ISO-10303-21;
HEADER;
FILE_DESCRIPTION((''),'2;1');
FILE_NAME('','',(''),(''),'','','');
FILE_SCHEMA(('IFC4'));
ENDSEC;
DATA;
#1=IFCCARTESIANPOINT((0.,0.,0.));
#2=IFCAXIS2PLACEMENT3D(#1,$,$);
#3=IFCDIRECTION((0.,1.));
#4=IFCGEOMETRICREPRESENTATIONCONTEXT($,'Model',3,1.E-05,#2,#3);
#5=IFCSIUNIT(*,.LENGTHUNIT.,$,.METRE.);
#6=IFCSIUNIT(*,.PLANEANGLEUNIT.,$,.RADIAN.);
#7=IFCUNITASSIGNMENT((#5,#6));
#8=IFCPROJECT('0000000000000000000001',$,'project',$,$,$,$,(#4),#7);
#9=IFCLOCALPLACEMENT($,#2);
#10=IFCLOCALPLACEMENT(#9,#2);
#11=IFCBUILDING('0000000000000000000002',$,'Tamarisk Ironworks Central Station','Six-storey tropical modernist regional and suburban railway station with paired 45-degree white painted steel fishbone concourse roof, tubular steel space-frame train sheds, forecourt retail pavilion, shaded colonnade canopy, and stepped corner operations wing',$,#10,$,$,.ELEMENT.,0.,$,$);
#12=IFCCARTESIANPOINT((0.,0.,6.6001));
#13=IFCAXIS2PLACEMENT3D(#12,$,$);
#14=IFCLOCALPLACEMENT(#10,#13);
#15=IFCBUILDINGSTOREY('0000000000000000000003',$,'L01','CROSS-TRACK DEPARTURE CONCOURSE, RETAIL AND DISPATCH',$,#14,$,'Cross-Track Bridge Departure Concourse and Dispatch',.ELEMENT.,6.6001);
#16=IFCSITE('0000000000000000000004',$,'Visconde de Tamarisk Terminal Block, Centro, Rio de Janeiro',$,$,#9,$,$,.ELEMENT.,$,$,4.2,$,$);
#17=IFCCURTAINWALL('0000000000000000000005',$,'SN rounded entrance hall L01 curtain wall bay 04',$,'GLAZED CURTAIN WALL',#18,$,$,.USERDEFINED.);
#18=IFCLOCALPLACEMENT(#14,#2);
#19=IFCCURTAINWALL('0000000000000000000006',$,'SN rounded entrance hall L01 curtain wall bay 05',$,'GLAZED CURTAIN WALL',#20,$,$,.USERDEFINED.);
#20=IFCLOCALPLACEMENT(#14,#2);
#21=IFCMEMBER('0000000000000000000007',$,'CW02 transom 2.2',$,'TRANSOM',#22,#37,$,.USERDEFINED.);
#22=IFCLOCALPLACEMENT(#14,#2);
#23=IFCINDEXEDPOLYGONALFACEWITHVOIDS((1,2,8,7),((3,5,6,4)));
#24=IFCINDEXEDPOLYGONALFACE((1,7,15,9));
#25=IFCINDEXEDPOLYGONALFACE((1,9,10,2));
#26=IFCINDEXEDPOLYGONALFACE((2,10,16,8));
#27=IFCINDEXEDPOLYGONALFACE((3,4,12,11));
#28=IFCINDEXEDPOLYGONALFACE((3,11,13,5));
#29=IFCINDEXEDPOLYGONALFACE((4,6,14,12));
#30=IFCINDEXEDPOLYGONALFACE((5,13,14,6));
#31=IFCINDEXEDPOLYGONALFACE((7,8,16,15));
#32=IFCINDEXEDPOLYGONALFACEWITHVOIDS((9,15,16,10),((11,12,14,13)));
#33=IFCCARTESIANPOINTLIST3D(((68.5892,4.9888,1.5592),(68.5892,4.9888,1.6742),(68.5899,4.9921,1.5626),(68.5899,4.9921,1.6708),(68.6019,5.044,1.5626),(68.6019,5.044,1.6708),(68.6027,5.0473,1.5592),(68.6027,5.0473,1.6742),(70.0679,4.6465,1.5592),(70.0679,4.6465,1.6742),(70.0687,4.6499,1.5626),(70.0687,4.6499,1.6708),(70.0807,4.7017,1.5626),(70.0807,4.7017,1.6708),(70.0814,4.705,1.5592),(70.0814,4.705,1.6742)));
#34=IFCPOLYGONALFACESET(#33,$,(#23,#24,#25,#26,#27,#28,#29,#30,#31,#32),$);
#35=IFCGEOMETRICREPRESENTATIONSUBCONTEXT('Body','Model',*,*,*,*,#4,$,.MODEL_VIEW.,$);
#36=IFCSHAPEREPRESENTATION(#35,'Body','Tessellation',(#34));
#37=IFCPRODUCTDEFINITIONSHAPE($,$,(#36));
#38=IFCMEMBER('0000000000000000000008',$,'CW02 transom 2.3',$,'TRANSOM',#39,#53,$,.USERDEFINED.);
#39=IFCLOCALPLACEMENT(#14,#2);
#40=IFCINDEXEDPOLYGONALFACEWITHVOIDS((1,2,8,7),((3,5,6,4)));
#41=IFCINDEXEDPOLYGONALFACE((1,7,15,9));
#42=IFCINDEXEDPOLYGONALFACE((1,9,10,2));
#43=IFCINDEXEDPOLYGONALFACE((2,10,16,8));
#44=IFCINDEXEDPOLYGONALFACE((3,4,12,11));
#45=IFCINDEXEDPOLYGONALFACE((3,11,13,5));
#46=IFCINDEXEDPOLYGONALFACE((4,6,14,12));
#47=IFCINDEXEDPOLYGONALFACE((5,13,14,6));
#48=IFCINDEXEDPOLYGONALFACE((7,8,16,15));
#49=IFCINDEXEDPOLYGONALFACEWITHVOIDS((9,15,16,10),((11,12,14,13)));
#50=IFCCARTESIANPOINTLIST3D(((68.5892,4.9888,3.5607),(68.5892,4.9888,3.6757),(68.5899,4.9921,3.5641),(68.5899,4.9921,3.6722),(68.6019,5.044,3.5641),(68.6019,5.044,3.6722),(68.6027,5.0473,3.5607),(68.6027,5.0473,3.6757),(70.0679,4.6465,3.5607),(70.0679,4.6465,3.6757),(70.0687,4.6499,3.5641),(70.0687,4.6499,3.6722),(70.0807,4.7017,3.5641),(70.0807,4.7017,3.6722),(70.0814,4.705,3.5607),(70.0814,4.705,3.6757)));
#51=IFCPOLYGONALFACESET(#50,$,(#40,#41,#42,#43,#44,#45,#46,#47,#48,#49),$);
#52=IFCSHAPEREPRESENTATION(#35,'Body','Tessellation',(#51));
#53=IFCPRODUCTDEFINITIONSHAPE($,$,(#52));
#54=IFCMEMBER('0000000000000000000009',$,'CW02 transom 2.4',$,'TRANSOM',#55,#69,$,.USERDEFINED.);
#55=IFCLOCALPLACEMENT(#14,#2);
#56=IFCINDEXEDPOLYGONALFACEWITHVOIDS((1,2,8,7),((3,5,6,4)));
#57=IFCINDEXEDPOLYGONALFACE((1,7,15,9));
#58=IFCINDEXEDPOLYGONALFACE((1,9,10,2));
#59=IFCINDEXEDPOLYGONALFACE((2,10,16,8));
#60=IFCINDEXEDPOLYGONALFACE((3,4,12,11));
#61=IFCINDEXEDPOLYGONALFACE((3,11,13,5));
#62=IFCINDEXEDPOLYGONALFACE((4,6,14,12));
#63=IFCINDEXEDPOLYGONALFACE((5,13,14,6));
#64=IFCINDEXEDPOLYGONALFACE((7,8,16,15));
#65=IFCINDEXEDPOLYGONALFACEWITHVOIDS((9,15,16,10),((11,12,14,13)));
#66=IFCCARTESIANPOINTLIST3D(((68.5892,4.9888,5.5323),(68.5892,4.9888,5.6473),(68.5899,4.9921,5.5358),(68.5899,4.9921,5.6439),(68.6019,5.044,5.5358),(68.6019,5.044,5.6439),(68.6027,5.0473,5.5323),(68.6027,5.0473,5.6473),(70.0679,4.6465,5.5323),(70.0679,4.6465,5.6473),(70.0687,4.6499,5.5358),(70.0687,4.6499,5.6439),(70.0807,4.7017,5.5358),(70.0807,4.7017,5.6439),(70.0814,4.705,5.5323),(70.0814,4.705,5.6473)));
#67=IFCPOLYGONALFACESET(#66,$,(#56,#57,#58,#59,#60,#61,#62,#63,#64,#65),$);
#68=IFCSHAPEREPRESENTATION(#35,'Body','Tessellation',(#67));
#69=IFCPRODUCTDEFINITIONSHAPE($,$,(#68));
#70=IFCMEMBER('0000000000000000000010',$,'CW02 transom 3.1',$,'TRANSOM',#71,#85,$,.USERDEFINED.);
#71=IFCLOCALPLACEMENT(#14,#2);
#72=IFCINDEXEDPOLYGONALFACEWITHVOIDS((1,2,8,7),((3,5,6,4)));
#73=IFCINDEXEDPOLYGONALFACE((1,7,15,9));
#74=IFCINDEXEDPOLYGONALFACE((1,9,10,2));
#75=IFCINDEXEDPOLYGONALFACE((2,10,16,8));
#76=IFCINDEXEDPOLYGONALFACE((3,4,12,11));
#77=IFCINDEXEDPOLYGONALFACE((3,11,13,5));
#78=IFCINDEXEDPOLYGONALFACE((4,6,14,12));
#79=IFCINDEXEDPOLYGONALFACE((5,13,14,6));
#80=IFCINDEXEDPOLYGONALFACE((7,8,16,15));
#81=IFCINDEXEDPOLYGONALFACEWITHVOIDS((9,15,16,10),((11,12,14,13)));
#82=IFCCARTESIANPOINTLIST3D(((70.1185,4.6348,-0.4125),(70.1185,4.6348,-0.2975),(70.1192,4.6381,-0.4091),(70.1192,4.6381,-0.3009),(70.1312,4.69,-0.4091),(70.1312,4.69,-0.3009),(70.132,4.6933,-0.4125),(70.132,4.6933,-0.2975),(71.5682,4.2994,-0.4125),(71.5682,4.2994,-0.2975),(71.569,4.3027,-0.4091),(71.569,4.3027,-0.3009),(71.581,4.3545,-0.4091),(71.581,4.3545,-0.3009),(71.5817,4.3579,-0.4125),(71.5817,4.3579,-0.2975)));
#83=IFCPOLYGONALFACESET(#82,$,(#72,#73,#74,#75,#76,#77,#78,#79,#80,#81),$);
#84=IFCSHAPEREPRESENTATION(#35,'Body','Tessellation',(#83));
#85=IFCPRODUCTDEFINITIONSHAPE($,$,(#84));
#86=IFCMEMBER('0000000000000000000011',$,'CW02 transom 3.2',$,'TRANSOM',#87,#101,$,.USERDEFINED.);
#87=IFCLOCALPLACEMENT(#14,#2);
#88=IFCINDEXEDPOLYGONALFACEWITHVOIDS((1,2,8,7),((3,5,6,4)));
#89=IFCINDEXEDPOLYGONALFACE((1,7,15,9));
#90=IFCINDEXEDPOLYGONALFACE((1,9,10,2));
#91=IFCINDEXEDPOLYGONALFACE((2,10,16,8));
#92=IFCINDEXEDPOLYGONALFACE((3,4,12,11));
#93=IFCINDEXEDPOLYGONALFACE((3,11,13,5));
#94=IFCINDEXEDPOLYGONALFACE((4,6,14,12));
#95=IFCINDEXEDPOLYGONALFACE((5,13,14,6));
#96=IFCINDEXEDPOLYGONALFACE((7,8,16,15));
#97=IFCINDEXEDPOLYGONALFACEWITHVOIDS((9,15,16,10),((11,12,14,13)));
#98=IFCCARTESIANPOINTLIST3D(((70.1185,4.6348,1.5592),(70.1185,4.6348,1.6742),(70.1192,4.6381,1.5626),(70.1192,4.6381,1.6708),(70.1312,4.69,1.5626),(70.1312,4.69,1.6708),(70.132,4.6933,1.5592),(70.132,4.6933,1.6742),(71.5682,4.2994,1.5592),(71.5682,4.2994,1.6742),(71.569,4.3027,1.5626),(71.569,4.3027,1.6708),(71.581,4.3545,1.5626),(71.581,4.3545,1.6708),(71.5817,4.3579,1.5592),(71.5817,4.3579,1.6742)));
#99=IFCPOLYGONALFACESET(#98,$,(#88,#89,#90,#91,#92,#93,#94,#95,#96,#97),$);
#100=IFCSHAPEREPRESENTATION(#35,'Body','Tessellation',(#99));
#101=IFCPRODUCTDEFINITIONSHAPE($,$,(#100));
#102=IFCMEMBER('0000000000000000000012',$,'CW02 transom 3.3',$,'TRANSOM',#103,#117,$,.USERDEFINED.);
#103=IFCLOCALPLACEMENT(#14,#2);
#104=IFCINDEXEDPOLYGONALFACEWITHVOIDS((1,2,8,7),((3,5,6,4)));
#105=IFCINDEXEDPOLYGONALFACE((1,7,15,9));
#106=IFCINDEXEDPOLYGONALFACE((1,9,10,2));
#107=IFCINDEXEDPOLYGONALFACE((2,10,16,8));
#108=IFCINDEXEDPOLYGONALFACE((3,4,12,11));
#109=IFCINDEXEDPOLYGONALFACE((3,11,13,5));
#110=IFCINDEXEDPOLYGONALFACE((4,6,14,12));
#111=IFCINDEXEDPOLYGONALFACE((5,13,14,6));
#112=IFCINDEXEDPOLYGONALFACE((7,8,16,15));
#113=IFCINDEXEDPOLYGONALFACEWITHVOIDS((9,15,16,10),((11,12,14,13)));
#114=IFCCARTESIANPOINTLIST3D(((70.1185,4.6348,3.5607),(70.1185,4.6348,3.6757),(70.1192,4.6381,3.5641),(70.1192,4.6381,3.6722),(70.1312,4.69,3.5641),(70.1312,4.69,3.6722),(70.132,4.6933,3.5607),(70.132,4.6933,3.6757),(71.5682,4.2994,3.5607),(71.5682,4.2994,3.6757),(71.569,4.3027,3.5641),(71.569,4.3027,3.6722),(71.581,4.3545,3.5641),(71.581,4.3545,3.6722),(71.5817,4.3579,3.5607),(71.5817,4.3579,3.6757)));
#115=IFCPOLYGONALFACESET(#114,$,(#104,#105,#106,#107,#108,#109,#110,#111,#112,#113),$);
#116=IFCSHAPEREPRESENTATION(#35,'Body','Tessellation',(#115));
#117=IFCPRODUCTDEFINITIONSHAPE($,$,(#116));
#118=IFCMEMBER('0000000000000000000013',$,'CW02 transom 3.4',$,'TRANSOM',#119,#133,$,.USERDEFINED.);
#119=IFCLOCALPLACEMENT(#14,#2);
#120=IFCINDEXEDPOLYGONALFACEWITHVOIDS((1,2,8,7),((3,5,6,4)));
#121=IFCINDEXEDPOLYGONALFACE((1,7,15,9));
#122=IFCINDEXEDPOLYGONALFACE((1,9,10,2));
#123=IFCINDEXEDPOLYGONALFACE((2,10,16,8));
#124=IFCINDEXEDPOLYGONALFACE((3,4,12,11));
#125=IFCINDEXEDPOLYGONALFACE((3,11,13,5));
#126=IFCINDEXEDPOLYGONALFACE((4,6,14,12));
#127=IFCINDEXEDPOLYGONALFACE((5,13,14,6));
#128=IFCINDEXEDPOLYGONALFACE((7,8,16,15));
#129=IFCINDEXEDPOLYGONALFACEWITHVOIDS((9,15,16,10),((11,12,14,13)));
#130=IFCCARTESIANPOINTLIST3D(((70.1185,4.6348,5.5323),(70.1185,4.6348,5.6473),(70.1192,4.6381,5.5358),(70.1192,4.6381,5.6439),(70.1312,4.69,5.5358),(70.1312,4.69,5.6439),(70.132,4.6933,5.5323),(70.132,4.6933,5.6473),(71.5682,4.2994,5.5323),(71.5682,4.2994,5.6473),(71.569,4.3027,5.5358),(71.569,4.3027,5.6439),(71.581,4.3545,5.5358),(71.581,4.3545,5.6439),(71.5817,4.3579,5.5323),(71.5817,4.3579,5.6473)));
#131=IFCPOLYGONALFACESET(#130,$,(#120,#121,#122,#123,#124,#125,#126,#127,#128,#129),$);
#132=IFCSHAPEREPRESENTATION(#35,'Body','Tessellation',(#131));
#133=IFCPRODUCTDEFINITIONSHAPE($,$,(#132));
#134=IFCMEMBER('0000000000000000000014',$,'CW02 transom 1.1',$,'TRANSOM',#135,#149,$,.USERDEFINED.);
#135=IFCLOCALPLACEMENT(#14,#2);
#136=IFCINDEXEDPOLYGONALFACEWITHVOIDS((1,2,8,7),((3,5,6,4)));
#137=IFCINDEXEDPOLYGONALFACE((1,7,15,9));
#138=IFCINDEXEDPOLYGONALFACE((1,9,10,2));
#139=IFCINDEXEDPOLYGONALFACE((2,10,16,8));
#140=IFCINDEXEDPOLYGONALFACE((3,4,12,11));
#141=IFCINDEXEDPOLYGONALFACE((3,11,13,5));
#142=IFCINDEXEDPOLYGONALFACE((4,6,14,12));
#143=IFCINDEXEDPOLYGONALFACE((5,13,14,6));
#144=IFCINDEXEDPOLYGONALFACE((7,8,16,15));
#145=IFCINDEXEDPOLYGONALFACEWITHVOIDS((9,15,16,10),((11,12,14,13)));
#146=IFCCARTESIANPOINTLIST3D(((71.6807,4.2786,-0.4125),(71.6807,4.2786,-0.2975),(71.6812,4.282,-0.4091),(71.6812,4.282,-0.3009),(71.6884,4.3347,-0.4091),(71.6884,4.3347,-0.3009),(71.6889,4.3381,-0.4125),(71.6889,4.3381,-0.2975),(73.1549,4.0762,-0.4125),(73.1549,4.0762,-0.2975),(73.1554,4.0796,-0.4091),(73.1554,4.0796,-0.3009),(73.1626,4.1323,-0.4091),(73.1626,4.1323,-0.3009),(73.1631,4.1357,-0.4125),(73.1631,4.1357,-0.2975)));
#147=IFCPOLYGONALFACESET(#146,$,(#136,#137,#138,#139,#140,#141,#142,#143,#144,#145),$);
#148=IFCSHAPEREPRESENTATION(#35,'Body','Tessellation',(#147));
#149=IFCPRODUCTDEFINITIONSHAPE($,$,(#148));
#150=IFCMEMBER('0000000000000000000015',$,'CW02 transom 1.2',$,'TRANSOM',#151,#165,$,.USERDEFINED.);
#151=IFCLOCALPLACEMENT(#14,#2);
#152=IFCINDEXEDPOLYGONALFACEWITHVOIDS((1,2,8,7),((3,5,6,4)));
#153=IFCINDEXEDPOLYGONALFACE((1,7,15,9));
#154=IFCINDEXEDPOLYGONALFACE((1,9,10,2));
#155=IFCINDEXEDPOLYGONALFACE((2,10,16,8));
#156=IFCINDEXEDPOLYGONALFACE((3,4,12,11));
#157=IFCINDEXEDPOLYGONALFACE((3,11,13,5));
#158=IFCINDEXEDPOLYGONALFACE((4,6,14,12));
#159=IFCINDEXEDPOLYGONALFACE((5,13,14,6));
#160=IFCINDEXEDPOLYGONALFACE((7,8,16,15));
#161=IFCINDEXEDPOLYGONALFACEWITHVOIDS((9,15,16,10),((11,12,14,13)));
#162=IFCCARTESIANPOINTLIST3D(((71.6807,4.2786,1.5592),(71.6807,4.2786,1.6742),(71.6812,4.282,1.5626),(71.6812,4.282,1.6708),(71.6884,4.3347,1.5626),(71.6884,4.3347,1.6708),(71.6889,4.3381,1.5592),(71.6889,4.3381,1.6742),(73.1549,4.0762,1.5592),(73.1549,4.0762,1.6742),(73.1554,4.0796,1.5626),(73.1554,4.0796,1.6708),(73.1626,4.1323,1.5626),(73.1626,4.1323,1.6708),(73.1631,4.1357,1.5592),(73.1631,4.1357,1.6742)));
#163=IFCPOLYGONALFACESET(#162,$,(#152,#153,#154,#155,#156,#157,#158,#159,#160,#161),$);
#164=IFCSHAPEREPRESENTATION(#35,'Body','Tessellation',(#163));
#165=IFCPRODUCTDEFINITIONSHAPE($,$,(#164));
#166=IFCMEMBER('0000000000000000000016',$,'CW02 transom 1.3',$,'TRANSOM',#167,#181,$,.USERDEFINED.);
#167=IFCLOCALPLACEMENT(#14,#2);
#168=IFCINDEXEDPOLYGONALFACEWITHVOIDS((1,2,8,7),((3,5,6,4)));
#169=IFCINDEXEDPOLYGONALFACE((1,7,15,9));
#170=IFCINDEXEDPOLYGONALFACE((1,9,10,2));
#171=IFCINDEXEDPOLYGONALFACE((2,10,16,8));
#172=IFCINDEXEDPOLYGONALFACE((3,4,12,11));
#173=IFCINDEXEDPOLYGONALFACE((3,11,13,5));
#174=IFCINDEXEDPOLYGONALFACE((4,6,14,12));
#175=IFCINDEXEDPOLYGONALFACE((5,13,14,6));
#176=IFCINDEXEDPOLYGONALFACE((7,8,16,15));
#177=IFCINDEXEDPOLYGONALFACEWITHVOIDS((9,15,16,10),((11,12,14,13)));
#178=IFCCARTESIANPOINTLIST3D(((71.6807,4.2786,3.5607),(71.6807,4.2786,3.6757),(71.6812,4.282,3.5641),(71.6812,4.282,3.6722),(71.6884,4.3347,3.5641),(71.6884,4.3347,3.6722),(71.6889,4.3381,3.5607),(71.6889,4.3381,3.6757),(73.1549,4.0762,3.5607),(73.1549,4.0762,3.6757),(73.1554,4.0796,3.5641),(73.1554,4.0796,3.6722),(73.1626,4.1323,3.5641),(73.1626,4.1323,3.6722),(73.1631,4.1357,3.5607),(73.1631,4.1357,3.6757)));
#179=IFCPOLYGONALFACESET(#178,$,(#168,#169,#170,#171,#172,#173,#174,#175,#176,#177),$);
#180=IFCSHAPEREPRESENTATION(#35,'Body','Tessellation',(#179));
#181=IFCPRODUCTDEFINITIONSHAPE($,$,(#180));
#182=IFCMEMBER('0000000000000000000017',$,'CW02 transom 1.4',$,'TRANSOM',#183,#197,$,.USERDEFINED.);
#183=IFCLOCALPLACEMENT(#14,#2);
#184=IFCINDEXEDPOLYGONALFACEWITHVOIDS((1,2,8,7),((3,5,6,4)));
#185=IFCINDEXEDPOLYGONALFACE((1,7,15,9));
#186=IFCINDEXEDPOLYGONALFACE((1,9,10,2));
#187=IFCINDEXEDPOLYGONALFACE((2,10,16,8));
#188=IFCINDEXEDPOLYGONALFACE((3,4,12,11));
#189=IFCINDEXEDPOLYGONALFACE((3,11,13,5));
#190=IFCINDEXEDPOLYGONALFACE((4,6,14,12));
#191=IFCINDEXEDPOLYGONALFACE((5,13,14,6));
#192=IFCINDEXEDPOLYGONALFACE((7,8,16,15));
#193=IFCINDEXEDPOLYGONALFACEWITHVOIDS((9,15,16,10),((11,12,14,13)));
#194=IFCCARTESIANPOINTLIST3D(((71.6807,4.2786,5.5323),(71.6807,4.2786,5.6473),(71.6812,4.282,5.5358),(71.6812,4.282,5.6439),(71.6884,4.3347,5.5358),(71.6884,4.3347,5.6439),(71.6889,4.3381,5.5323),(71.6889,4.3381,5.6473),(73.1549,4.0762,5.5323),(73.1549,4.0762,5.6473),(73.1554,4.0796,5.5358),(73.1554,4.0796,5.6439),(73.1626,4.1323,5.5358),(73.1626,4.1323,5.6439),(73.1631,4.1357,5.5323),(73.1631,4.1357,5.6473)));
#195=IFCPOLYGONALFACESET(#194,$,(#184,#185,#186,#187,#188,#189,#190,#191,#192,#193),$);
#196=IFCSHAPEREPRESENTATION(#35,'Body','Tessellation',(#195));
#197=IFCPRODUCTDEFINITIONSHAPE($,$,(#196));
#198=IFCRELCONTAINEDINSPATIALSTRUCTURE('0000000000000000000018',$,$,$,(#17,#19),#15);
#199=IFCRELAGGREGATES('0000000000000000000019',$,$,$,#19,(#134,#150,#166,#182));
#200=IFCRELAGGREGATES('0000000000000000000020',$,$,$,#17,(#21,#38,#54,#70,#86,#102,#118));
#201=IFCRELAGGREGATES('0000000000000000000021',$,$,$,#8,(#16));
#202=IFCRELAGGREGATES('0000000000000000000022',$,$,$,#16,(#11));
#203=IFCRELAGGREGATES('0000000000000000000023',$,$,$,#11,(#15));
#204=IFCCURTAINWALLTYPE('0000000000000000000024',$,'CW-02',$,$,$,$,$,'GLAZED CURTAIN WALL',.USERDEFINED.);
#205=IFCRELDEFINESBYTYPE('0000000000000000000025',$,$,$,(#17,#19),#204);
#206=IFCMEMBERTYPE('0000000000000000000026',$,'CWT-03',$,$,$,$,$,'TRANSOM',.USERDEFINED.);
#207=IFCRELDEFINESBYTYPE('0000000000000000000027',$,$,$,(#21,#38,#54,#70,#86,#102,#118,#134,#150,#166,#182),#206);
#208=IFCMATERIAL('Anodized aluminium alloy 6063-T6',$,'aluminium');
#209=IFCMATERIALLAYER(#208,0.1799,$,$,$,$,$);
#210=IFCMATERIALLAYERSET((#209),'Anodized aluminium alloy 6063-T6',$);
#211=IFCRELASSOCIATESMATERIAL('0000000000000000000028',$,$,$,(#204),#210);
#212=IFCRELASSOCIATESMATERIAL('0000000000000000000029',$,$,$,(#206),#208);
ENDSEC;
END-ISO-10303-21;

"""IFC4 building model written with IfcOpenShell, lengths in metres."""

from ifc_helpers import new_model, si_unit, direction, frame, origin, origin_2d, place, context, subcontext, project, spatial, hollow_rectangle, extrude, material, layer, layer_set, material_profile, profile_set, type_object, element, aggregate, save


model = new_model("IFC4")

# Units and contexts
model_context = context("Model", 3, precision=1e-05, world=origin(), true_north=direction((0.0, 1.0)))
body_context = subcontext(model_context, "Body", "Model", "MODEL_VIEW")
ifc_project = project(units=[si_unit("LENGTHUNIT", "METRE"), si_unit("PLANEANGLEUNIT", "RADIAN")], contexts=[model_context])

# Site, building, storey
site_placement = place(None, origin())
site = spatial("IfcSite", under=ifc_project, at=site_placement, Name="Visconde de Tamarisk Terminal Block, Centro, Rio de Janeiro", CompositionType="ELEMENT", RefElevation=4.2)
building_placement = place(site_placement, origin())
building = spatial("IfcBuilding", under=site, at=building_placement, Name="Tamarisk Ironworks Central Station", Description="Six-storey tropical modernist regional and suburban railway station with paired 45-degree white painted steel fishbone concourse roof, tubular steel space-frame train sheds, forecourt retail pavilion, shaded colonnade canopy, and stepped corner operations wing", CompositionType="ELEMENT", ElevationOfRefHeight=0.0)
storey_placement = place(building_placement, frame((0.0, 0.0, 6.6001)))
storey = spatial("IfcBuildingStorey", under=building, at=storey_placement, Name="L01", Description="CROSS-TRACK DEPARTURE CONCOURSE, RETAIL AND DISPATCH", LongName="Cross-Track Bridge Departure Concourse and Dispatch", CompositionType="ELEMENT", Elevation=6.6001)

# Curtain wall
ifc_material_1 = material(Name="Anodized aluminium alloy 6063-T6", Category="aluminium")
ifc_layer_1 = layer(ifc_material_1, 0.1799)
ifc_layer_set_1 = layer_set([ifc_layer_1], Name="Anodized aluminium alloy 6063-T6")
curtain_wall_type = type_object("IfcCurtainWallType", Name="CW-02", ElementType="GLAZED CURTAIN WALL", PredefinedType="USERDEFINED", material=ifc_layer_set_1)
curtain_wall_1_placement = place(storey_placement, origin())
curtain_wall_1 = element("IfcCurtainWall", 1, at=curtain_wall_1_placement, inside=storey, type_object=curtain_wall_type, Name="SN rounded entrance hall L01 curtain wall bay 04", ObjectType="GLAZED CURTAIN WALL", PredefinedType="USERDEFINED")

# Curtain wall
curtain_wall_2_placement = place(storey_placement, origin())
curtain_wall_2 = element("IfcCurtainWall", 2, at=curtain_wall_2_placement, inside=storey, type_object=curtain_wall_type, Name="SN rounded entrance hall L01 curtain wall bay 05", ObjectType="GLAZED CURTAIN WALL", PredefinedType="USERDEFINED")

# Members
ifc_material_profile_1 = material_profile(ifc_material_1, hollow_rectangle(XDim=0.0601, YDim=0.115, WallThickness=0.0034, at=origin_2d()), Name="ALUM 115x60")
ifc_profile_set_1 = profile_set([ifc_material_profile_1], Name="Anodized aluminium alloy 6063-T6")
member_type_1 = type_object("IfcMemberType", Name="CWT-03", ElementType="TRANSOM", PredefinedType="USERDEFINED", material=ifc_profile_set_1)
member_1_placement = place(storey_placement, frame((68.5959, 5.0181, 1.6167), z_axis=(0.974242, -0.225506, 0.0), x_axis=(0.225506, 0.974242, 0.0)))
member_1 = element("IfcMember", 3, at=member_1_placement, type_object=member_type_1, Name="CW02 transom 2.2", ObjectType="TRANSOM", PredefinedType="USERDEFINED", context=body_context, shape_type="SweptSolid", body=[
    extrude(hollow_rectangle(XDim=0.0601, YDim=0.115, WallThickness=0.0034, at=origin_2d()), origin(), (0.0, 0.0, 1.0), 1.5178),
])
member_2_placement = place(storey_placement, frame((68.5959, 5.0181, 3.6182), z_axis=(0.974242, -0.225506, 0.0), x_axis=(0.225506, 0.974242, 0.0)))
member_2 = element("IfcMember", 4, at=member_2_placement, type_object=member_type_1, Name="CW02 transom 2.3", ObjectType="TRANSOM", PredefinedType="USERDEFINED", context=body_context, shape_type="SweptSolid", body=[
    extrude(hollow_rectangle(XDim=0.0601, YDim=0.115, WallThickness=0.0034, at=origin_2d()), origin(), (0.0, 0.0, 1.0), 1.5178),
])
member_3_placement = place(storey_placement, frame((68.5959, 5.0181, 5.5898), z_axis=(0.974242, -0.225506, 0.0), x_axis=(0.225506, 0.974242, 0.0)))
member_3 = element("IfcMember", 5, at=member_3_placement, type_object=member_type_1, Name="CW02 transom 2.4", ObjectType="TRANSOM", PredefinedType="USERDEFINED", context=body_context, shape_type="SweptSolid", body=[
    extrude(hollow_rectangle(XDim=0.0601, YDim=0.115, WallThickness=0.0034, at=origin_2d()), origin(), (0.0, 0.0, 1.0), 1.5178),
])
member_4_placement = place(storey_placement, frame((70.1252, 4.6641, -0.355), z_axis=(0.974258, -0.225435, 0.0), x_axis=(0.225435, 0.974258, 0.0)))
member_4 = element("IfcMember", 6, at=member_4_placement, type_object=member_type_1, Name="CW02 transom 3.1", ObjectType="TRANSOM", PredefinedType="USERDEFINED", context=body_context, shape_type="SweptSolid", body=[
    extrude(hollow_rectangle(XDim=0.0601, YDim=0.115, WallThickness=0.0034, at=origin_2d()), origin(), (0.0, 0.0, 1.0), 1.488),
])
member_5_placement = place(storey_placement, frame((70.1252, 4.6641, 1.6167), z_axis=(0.974258, -0.225435, 0.0), x_axis=(0.225435, 0.974258, 0.0)))
member_5 = element("IfcMember", 7, at=member_5_placement, type_object=member_type_1, Name="CW02 transom 3.2", ObjectType="TRANSOM", PredefinedType="USERDEFINED", context=body_context, shape_type="SweptSolid", body=[
    extrude(hollow_rectangle(XDim=0.0601, YDim=0.115, WallThickness=0.0034, at=origin_2d()), origin(), (0.0, 0.0, 1.0), 1.488),
])
member_6_placement = place(storey_placement, frame((70.1252, 4.6641, 3.6182), z_axis=(0.974258, -0.225435, 0.0), x_axis=(0.225435, 0.974258, 0.0)))
member_6 = element("IfcMember", 8, at=member_6_placement, type_object=member_type_1, Name="CW02 transom 3.3", ObjectType="TRANSOM", PredefinedType="USERDEFINED", context=body_context, shape_type="SweptSolid", body=[
    extrude(hollow_rectangle(XDim=0.0601, YDim=0.115, WallThickness=0.0034, at=origin_2d()), origin(), (0.0, 0.0, 1.0), 1.488),
])
member_7_placement = place(storey_placement, frame((70.1252, 4.6641, 5.5898), z_axis=(0.974258, -0.225435, 0.0), x_axis=(0.225435, 0.974258, 0.0)))
member_7 = element("IfcMember", 9, at=member_7_placement, type_object=member_type_1, Name="CW02 transom 3.4", ObjectType="TRANSOM", PredefinedType="USERDEFINED", context=body_context, shape_type="SweptSolid", body=[
    extrude(hollow_rectangle(XDim=0.0601, YDim=0.115, WallThickness=0.0034, at=origin_2d()), origin(), (0.0, 0.0, 1.0), 1.488),
])
member_8_placement = place(storey_placement, frame((71.6848, 4.3083, -0.355), z_axis=(0.990706, -0.136021, 0.0), x_axis=(0.136021, 0.990706, 0.0)))
member_8 = element("IfcMember", 10, at=member_8_placement, type_object=member_type_1, Name="CW02 transom 1.1", ObjectType="TRANSOM", PredefinedType="USERDEFINED", context=body_context, shape_type="SweptSolid", body=[
    extrude(hollow_rectangle(XDim=0.0601, YDim=0.115, WallThickness=0.0034, at=origin_2d()), origin(), (0.0, 0.0, 1.0), 1.488),
])
member_9_placement = place(storey_placement, frame((71.6848, 4.3083, 1.6167), z_axis=(0.990706, -0.136021, 0.0), x_axis=(0.136021, 0.990706, 0.0)))
member_9 = element("IfcMember", 11, at=member_9_placement, type_object=member_type_1, Name="CW02 transom 1.2", ObjectType="TRANSOM", PredefinedType="USERDEFINED", context=body_context, shape_type="SweptSolid", body=[
    extrude(hollow_rectangle(XDim=0.0601, YDim=0.115, WallThickness=0.0034, at=origin_2d()), origin(), (0.0, 0.0, 1.0), 1.488),
])
member_10_placement = place(storey_placement, frame((71.6848, 4.3083, 3.6182), z_axis=(0.990706, -0.136021, 0.0), x_axis=(0.136021, 0.990706, 0.0)))
member_10 = element("IfcMember", 12, at=member_10_placement, type_object=member_type_1, Name="CW02 transom 1.3", ObjectType="TRANSOM", PredefinedType="USERDEFINED", context=body_context, shape_type="SweptSolid", body=[
    extrude(hollow_rectangle(XDim=0.0601, YDim=0.115, WallThickness=0.0034, at=origin_2d()), origin(), (0.0, 0.0, 1.0), 1.488),
])
member_11_placement = place(storey_placement, frame((71.6848, 4.3083, 5.5898), z_axis=(0.990706, -0.136021, 0.0), x_axis=(0.136021, 0.990706, 0.0)))
member_11 = element("IfcMember", 13, at=member_11_placement, type_object=member_type_1, Name="CW02 transom 1.4", ObjectType="TRANSOM", PredefinedType="USERDEFINED", context=body_context, shape_type="SweptSolid", body=[
    extrude(hollow_rectangle(XDim=0.0601, YDim=0.115, WallThickness=0.0034, at=origin_2d()), origin(), (0.0, 0.0, 1.0), 1.488),
])
aggregate(curtain_wall_2, [member_8, member_9, member_10, member_11])

aggregate(curtain_wall_1, [member_1, member_2, member_3, member_4, member_5, member_6, member_7])

save(model, "model.ifc")
